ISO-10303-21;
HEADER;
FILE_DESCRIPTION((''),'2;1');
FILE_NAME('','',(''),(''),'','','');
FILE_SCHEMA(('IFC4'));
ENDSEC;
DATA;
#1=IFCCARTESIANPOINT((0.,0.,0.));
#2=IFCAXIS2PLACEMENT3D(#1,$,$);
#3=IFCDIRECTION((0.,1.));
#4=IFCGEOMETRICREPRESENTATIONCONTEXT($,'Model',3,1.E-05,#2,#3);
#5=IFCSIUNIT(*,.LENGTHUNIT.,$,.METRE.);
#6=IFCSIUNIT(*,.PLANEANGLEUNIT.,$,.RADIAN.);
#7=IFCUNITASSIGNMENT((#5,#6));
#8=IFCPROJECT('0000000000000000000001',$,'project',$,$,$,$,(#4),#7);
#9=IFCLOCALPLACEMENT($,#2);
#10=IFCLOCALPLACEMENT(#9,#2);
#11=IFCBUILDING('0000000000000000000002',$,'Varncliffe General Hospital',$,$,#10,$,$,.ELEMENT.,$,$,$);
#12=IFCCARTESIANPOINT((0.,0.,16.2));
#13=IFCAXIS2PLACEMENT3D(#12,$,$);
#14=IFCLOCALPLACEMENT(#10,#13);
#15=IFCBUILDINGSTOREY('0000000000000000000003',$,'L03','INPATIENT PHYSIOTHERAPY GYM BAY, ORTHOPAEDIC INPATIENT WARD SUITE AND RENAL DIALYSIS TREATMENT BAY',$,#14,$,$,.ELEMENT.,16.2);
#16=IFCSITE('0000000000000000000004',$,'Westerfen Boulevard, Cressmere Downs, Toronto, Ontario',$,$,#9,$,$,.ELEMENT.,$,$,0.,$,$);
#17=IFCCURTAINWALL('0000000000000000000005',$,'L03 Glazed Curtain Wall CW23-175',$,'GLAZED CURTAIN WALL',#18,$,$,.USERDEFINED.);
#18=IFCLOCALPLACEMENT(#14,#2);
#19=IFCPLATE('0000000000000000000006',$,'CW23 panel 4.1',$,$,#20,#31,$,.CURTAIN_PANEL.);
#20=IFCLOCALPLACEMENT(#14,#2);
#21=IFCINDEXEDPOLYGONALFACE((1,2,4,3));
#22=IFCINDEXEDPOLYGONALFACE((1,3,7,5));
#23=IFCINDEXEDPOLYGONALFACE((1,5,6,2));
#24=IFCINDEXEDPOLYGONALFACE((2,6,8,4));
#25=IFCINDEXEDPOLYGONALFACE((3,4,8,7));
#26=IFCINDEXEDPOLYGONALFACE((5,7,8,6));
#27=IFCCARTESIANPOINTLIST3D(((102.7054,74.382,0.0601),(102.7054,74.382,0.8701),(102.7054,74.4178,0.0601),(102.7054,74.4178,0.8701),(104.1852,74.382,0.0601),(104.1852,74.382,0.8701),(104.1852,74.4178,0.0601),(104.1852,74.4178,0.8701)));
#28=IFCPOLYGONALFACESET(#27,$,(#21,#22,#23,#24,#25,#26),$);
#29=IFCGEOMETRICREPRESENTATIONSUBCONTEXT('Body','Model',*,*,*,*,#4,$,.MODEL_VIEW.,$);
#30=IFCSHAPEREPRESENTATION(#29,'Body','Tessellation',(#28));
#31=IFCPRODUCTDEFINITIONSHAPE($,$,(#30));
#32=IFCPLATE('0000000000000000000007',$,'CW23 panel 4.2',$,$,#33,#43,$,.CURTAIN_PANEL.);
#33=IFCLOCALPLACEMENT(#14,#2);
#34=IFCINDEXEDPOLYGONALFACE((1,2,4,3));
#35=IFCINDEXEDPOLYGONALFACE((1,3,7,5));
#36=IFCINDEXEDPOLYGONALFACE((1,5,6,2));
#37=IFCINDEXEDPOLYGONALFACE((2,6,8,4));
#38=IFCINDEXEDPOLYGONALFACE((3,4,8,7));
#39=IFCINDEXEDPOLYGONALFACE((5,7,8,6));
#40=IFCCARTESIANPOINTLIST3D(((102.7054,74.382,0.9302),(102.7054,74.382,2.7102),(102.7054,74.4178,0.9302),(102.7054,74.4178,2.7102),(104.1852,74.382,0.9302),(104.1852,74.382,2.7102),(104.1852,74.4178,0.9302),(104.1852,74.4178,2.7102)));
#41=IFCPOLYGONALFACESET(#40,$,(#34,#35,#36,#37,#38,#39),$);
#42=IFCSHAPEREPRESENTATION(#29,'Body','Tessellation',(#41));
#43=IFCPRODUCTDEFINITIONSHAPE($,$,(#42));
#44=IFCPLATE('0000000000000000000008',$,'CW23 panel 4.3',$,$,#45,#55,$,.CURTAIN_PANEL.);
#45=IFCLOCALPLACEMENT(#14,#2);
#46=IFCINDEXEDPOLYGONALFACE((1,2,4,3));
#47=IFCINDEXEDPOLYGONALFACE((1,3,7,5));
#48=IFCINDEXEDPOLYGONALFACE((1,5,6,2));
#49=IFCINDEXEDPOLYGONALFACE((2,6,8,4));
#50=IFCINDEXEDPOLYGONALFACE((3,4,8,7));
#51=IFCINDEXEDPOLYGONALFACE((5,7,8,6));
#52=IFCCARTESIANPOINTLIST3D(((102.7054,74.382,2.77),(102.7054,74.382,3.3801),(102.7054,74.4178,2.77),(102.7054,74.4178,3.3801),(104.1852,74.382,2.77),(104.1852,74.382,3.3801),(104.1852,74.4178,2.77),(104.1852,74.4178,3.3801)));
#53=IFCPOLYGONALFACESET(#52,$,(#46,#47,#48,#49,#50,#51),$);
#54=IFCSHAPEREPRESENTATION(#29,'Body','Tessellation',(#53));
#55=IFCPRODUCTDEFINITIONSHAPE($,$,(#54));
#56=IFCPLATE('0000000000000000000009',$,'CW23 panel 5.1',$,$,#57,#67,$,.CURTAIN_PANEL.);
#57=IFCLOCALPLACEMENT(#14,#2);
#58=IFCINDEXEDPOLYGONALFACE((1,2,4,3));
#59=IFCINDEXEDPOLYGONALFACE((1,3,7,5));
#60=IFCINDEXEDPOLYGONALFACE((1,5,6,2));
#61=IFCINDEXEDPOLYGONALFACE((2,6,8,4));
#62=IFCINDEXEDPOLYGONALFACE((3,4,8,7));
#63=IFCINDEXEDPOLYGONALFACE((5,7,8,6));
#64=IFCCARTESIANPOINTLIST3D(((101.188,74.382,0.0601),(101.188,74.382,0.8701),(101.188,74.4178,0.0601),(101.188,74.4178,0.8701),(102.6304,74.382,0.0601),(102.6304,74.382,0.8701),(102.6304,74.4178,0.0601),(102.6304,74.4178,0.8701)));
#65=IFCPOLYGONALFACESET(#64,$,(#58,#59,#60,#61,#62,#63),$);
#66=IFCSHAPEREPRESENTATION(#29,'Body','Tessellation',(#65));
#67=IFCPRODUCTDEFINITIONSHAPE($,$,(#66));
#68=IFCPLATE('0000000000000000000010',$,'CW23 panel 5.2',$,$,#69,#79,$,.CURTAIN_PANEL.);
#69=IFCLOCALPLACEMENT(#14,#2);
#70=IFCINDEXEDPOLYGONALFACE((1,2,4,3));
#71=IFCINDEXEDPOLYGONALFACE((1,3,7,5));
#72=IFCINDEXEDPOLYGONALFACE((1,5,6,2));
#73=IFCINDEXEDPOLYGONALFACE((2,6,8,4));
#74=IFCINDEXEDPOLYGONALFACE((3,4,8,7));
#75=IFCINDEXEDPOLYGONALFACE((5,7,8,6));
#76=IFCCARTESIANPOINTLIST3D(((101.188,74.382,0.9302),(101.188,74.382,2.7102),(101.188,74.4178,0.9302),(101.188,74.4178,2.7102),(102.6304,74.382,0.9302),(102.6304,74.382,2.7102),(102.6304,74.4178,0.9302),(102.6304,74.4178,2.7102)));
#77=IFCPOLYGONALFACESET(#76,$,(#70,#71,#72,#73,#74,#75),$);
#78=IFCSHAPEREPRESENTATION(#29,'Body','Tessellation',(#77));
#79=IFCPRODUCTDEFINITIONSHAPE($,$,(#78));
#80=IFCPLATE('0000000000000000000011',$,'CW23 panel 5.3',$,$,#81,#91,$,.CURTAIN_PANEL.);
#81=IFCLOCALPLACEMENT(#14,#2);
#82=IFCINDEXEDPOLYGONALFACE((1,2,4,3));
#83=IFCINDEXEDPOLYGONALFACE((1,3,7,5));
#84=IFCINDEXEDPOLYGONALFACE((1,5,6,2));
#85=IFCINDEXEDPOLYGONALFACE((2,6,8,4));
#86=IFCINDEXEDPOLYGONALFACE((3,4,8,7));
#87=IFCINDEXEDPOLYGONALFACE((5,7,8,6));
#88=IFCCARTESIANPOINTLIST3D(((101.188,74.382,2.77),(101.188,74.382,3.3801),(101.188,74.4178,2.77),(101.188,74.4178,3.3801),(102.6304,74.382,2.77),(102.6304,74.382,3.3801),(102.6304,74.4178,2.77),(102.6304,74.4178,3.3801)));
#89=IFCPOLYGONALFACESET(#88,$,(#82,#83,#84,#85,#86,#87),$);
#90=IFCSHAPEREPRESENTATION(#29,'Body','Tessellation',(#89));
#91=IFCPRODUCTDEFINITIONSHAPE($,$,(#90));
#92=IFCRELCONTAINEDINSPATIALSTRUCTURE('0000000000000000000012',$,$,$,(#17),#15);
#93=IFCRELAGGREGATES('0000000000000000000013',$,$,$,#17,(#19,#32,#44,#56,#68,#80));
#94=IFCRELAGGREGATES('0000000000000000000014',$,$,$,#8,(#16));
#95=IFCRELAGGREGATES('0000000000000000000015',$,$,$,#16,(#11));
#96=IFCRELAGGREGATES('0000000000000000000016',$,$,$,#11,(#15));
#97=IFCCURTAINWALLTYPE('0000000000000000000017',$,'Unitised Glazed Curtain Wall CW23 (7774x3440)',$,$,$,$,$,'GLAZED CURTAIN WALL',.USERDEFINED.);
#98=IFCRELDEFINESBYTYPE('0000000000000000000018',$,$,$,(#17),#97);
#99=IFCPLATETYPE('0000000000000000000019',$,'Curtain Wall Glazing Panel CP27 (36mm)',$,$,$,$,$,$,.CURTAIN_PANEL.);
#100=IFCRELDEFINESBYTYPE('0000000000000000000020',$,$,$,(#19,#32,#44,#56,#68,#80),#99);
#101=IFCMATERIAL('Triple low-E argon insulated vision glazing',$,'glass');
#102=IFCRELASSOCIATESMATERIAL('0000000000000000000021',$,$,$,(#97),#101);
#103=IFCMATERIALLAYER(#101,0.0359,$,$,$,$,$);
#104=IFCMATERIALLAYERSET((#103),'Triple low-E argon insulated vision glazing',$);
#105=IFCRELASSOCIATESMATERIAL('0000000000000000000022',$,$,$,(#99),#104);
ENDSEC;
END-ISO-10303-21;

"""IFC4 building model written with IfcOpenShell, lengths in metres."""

from ifc_helpers import new_model, si_unit, direction, frame, origin, origin_2d, place, context, subcontext, project, spatial, rectangle, extrude, material, layer, layer_set, type_object, element, aggregate, save


model = new_model("IFC4")

# Units and contexts
model_context = context("Model", 3, precision=1e-05, world=origin(), true_north=direction((0.0, 1.0)))
body_context = subcontext(model_context, "Body", "Model", "MODEL_VIEW")
ifc_project = project(units=[si_unit("LENGTHUNIT", "METRE"), si_unit("PLANEANGLEUNIT", "RADIAN")], contexts=[model_context])

# Site, building, storey
site_placement = place(None, origin())
site = spatial("IfcSite", under=ifc_project, at=site_placement, Name="Westerfen Boulevard, Cressmere Downs, Toronto, Ontario", CompositionType="ELEMENT", RefElevation=0.0)
building_placement = place(site_placement, origin())
building = spatial("IfcBuilding", under=site, at=building_placement, Name="Varncliffe General Hospital", CompositionType="ELEMENT")
storey_placement = place(building_placement, frame((0.0, 0.0, 16.2)))
storey = spatial("IfcBuildingStorey", under=building, at=storey_placement, Name="L03", Description="INPATIENT PHYSIOTHERAPY GYM BAY, ORTHOPAEDIC INPATIENT WARD SUITE AND RENAL DIALYSIS TREATMENT BAY", CompositionType="ELEMENT", Elevation=16.2)

# Curtain wall
ifc_material_1 = material(Name="Triple low-E argon insulated vision glazing", Category="glass")
curtain_wall_type_1 = type_object("IfcCurtainWallType", Name="Unitised Glazed Curtain Wall CW23 (7774x3440)", ElementType="GLAZED CURTAIN WALL", PredefinedType="USERDEFINED", material=ifc_material_1)
curtain_wall_1_placement = place(storey_placement, origin())
curtain_wall_1 = element("IfcCurtainWall", 1, at=curtain_wall_1_placement, inside=storey, type_object=curtain_wall_type_1, Name="L03 Glazed Curtain Wall CW23-175", ObjectType="GLAZED CURTAIN WALL", PredefinedType="USERDEFINED")

# Plates
ifc_layer = layer(ifc_material_1, 0.0359)
ifc_layer_set = layer_set([ifc_layer], Name="Triple low-E argon insulated vision glazing")
plate_type = type_object("IfcPlateType", Name="Curtain Wall Glazing Panel CP27 (36mm)", PredefinedType="CURTAIN_PANEL", material=ifc_layer_set)
plate_1_placement = place(storey_placement, frame((103.4453, 74.3999, 0.0601), z_axis=(0.0, 0.0, 1.0), x_axis=(-1.0, 0.0, 0.0)))
plate_1 = element("IfcPlate", 2, at=plate_1_placement, type_object=plate_type, Name="CW23 panel 4.1", PredefinedType="CURTAIN_PANEL", context=body_context, shape_type="SweptSolid", body=[
    extrude(rectangle(XDim=1.4797, YDim=0.0359, at=origin_2d()), origin(), (0.0, 0.0, 1.0), 0.8101),
])
plate_2_placement = place(storey_placement, frame((103.4453, 74.3999, 0.9302), z_axis=(0.0, 0.0, 1.0), x_axis=(-1.0, 0.0, 0.0)))
plate_2 = element("IfcPlate", 3, at=plate_2_placement, type_object=plate_type, Name="CW23 panel 4.2", PredefinedType="CURTAIN_PANEL", context=body_context, shape_type="SweptSolid", body=[
    extrude(rectangle(XDim=1.4797, YDim=0.0359, at=origin_2d()), origin(), (0.0, 0.0, 1.0), 1.78),
])
plate_3_placement = place(storey_placement, frame((103.4453, 74.3999, 2.77), z_axis=(0.0, 0.0, 1.0), x_axis=(-1.0, 0.0, 0.0)))
plate_3 = element("IfcPlate", 4, at=plate_3_placement, type_object=plate_type, Name="CW23 panel 4.3", PredefinedType="CURTAIN_PANEL", context=body_context, shape_type="SweptSolid", body=[
    extrude(rectangle(XDim=1.4797, YDim=0.0359, at=origin_2d()), origin(), (0.0, 0.0, 1.0), 0.6101),
])
plate_4_placement = place(storey_placement, frame((101.9092, 74.3999, 0.0601), z_axis=(0.0, 0.0, 1.0), x_axis=(-1.0, 0.0, 0.0)))
plate_4 = element("IfcPlate", 5, at=plate_4_placement, type_object=plate_type, Name="CW23 panel 5.1", PredefinedType="CURTAIN_PANEL", context=body_context, shape_type="SweptSolid", body=[
    extrude(rectangle(XDim=1.4424, YDim=0.0359, at=origin_2d()), origin(), (0.0, 0.0, 1.0), 0.8101),
])
plate_5_placement = place(storey_placement, frame((101.9092, 74.3999, 0.9302), z_axis=(0.0, 0.0, 1.0), x_axis=(-1.0, 0.0, 0.0)))
plate_5 = element("IfcPlate", 6, at=plate_5_placement, type_object=plate_type, Name="CW23 panel 5.2", PredefinedType="CURTAIN_PANEL", context=body_context, shape_type="SweptSolid", body=[
    extrude(rectangle(XDim=1.4424, YDim=0.0359, at=origin_2d()), origin(), (0.0, 0.0, 1.0), 1.78),
])
plate_6_placement = place(storey_placement, frame((101.9092, 74.3999, 2.77), z_axis=(0.0, 0.0, 1.0), x_axis=(-1.0, 0.0, 0.0)))
plate_6 = element("IfcPlate", 7, at=plate_6_placement, type_object=plate_type, Name="CW23 panel 5.3", PredefinedType="CURTAIN_PANEL", context=body_context, shape_type="SweptSolid", body=[
    extrude(rectangle(XDim=1.4424, YDim=0.0359, at=origin_2d()), origin(), (0.0, 0.0, 1.0), 0.6101),
])
aggregate(curtain_wall_1, [plate_1, plate_2, plate_3, plate_4, plate_5, plate_6])

save(model, "model.ifc")
